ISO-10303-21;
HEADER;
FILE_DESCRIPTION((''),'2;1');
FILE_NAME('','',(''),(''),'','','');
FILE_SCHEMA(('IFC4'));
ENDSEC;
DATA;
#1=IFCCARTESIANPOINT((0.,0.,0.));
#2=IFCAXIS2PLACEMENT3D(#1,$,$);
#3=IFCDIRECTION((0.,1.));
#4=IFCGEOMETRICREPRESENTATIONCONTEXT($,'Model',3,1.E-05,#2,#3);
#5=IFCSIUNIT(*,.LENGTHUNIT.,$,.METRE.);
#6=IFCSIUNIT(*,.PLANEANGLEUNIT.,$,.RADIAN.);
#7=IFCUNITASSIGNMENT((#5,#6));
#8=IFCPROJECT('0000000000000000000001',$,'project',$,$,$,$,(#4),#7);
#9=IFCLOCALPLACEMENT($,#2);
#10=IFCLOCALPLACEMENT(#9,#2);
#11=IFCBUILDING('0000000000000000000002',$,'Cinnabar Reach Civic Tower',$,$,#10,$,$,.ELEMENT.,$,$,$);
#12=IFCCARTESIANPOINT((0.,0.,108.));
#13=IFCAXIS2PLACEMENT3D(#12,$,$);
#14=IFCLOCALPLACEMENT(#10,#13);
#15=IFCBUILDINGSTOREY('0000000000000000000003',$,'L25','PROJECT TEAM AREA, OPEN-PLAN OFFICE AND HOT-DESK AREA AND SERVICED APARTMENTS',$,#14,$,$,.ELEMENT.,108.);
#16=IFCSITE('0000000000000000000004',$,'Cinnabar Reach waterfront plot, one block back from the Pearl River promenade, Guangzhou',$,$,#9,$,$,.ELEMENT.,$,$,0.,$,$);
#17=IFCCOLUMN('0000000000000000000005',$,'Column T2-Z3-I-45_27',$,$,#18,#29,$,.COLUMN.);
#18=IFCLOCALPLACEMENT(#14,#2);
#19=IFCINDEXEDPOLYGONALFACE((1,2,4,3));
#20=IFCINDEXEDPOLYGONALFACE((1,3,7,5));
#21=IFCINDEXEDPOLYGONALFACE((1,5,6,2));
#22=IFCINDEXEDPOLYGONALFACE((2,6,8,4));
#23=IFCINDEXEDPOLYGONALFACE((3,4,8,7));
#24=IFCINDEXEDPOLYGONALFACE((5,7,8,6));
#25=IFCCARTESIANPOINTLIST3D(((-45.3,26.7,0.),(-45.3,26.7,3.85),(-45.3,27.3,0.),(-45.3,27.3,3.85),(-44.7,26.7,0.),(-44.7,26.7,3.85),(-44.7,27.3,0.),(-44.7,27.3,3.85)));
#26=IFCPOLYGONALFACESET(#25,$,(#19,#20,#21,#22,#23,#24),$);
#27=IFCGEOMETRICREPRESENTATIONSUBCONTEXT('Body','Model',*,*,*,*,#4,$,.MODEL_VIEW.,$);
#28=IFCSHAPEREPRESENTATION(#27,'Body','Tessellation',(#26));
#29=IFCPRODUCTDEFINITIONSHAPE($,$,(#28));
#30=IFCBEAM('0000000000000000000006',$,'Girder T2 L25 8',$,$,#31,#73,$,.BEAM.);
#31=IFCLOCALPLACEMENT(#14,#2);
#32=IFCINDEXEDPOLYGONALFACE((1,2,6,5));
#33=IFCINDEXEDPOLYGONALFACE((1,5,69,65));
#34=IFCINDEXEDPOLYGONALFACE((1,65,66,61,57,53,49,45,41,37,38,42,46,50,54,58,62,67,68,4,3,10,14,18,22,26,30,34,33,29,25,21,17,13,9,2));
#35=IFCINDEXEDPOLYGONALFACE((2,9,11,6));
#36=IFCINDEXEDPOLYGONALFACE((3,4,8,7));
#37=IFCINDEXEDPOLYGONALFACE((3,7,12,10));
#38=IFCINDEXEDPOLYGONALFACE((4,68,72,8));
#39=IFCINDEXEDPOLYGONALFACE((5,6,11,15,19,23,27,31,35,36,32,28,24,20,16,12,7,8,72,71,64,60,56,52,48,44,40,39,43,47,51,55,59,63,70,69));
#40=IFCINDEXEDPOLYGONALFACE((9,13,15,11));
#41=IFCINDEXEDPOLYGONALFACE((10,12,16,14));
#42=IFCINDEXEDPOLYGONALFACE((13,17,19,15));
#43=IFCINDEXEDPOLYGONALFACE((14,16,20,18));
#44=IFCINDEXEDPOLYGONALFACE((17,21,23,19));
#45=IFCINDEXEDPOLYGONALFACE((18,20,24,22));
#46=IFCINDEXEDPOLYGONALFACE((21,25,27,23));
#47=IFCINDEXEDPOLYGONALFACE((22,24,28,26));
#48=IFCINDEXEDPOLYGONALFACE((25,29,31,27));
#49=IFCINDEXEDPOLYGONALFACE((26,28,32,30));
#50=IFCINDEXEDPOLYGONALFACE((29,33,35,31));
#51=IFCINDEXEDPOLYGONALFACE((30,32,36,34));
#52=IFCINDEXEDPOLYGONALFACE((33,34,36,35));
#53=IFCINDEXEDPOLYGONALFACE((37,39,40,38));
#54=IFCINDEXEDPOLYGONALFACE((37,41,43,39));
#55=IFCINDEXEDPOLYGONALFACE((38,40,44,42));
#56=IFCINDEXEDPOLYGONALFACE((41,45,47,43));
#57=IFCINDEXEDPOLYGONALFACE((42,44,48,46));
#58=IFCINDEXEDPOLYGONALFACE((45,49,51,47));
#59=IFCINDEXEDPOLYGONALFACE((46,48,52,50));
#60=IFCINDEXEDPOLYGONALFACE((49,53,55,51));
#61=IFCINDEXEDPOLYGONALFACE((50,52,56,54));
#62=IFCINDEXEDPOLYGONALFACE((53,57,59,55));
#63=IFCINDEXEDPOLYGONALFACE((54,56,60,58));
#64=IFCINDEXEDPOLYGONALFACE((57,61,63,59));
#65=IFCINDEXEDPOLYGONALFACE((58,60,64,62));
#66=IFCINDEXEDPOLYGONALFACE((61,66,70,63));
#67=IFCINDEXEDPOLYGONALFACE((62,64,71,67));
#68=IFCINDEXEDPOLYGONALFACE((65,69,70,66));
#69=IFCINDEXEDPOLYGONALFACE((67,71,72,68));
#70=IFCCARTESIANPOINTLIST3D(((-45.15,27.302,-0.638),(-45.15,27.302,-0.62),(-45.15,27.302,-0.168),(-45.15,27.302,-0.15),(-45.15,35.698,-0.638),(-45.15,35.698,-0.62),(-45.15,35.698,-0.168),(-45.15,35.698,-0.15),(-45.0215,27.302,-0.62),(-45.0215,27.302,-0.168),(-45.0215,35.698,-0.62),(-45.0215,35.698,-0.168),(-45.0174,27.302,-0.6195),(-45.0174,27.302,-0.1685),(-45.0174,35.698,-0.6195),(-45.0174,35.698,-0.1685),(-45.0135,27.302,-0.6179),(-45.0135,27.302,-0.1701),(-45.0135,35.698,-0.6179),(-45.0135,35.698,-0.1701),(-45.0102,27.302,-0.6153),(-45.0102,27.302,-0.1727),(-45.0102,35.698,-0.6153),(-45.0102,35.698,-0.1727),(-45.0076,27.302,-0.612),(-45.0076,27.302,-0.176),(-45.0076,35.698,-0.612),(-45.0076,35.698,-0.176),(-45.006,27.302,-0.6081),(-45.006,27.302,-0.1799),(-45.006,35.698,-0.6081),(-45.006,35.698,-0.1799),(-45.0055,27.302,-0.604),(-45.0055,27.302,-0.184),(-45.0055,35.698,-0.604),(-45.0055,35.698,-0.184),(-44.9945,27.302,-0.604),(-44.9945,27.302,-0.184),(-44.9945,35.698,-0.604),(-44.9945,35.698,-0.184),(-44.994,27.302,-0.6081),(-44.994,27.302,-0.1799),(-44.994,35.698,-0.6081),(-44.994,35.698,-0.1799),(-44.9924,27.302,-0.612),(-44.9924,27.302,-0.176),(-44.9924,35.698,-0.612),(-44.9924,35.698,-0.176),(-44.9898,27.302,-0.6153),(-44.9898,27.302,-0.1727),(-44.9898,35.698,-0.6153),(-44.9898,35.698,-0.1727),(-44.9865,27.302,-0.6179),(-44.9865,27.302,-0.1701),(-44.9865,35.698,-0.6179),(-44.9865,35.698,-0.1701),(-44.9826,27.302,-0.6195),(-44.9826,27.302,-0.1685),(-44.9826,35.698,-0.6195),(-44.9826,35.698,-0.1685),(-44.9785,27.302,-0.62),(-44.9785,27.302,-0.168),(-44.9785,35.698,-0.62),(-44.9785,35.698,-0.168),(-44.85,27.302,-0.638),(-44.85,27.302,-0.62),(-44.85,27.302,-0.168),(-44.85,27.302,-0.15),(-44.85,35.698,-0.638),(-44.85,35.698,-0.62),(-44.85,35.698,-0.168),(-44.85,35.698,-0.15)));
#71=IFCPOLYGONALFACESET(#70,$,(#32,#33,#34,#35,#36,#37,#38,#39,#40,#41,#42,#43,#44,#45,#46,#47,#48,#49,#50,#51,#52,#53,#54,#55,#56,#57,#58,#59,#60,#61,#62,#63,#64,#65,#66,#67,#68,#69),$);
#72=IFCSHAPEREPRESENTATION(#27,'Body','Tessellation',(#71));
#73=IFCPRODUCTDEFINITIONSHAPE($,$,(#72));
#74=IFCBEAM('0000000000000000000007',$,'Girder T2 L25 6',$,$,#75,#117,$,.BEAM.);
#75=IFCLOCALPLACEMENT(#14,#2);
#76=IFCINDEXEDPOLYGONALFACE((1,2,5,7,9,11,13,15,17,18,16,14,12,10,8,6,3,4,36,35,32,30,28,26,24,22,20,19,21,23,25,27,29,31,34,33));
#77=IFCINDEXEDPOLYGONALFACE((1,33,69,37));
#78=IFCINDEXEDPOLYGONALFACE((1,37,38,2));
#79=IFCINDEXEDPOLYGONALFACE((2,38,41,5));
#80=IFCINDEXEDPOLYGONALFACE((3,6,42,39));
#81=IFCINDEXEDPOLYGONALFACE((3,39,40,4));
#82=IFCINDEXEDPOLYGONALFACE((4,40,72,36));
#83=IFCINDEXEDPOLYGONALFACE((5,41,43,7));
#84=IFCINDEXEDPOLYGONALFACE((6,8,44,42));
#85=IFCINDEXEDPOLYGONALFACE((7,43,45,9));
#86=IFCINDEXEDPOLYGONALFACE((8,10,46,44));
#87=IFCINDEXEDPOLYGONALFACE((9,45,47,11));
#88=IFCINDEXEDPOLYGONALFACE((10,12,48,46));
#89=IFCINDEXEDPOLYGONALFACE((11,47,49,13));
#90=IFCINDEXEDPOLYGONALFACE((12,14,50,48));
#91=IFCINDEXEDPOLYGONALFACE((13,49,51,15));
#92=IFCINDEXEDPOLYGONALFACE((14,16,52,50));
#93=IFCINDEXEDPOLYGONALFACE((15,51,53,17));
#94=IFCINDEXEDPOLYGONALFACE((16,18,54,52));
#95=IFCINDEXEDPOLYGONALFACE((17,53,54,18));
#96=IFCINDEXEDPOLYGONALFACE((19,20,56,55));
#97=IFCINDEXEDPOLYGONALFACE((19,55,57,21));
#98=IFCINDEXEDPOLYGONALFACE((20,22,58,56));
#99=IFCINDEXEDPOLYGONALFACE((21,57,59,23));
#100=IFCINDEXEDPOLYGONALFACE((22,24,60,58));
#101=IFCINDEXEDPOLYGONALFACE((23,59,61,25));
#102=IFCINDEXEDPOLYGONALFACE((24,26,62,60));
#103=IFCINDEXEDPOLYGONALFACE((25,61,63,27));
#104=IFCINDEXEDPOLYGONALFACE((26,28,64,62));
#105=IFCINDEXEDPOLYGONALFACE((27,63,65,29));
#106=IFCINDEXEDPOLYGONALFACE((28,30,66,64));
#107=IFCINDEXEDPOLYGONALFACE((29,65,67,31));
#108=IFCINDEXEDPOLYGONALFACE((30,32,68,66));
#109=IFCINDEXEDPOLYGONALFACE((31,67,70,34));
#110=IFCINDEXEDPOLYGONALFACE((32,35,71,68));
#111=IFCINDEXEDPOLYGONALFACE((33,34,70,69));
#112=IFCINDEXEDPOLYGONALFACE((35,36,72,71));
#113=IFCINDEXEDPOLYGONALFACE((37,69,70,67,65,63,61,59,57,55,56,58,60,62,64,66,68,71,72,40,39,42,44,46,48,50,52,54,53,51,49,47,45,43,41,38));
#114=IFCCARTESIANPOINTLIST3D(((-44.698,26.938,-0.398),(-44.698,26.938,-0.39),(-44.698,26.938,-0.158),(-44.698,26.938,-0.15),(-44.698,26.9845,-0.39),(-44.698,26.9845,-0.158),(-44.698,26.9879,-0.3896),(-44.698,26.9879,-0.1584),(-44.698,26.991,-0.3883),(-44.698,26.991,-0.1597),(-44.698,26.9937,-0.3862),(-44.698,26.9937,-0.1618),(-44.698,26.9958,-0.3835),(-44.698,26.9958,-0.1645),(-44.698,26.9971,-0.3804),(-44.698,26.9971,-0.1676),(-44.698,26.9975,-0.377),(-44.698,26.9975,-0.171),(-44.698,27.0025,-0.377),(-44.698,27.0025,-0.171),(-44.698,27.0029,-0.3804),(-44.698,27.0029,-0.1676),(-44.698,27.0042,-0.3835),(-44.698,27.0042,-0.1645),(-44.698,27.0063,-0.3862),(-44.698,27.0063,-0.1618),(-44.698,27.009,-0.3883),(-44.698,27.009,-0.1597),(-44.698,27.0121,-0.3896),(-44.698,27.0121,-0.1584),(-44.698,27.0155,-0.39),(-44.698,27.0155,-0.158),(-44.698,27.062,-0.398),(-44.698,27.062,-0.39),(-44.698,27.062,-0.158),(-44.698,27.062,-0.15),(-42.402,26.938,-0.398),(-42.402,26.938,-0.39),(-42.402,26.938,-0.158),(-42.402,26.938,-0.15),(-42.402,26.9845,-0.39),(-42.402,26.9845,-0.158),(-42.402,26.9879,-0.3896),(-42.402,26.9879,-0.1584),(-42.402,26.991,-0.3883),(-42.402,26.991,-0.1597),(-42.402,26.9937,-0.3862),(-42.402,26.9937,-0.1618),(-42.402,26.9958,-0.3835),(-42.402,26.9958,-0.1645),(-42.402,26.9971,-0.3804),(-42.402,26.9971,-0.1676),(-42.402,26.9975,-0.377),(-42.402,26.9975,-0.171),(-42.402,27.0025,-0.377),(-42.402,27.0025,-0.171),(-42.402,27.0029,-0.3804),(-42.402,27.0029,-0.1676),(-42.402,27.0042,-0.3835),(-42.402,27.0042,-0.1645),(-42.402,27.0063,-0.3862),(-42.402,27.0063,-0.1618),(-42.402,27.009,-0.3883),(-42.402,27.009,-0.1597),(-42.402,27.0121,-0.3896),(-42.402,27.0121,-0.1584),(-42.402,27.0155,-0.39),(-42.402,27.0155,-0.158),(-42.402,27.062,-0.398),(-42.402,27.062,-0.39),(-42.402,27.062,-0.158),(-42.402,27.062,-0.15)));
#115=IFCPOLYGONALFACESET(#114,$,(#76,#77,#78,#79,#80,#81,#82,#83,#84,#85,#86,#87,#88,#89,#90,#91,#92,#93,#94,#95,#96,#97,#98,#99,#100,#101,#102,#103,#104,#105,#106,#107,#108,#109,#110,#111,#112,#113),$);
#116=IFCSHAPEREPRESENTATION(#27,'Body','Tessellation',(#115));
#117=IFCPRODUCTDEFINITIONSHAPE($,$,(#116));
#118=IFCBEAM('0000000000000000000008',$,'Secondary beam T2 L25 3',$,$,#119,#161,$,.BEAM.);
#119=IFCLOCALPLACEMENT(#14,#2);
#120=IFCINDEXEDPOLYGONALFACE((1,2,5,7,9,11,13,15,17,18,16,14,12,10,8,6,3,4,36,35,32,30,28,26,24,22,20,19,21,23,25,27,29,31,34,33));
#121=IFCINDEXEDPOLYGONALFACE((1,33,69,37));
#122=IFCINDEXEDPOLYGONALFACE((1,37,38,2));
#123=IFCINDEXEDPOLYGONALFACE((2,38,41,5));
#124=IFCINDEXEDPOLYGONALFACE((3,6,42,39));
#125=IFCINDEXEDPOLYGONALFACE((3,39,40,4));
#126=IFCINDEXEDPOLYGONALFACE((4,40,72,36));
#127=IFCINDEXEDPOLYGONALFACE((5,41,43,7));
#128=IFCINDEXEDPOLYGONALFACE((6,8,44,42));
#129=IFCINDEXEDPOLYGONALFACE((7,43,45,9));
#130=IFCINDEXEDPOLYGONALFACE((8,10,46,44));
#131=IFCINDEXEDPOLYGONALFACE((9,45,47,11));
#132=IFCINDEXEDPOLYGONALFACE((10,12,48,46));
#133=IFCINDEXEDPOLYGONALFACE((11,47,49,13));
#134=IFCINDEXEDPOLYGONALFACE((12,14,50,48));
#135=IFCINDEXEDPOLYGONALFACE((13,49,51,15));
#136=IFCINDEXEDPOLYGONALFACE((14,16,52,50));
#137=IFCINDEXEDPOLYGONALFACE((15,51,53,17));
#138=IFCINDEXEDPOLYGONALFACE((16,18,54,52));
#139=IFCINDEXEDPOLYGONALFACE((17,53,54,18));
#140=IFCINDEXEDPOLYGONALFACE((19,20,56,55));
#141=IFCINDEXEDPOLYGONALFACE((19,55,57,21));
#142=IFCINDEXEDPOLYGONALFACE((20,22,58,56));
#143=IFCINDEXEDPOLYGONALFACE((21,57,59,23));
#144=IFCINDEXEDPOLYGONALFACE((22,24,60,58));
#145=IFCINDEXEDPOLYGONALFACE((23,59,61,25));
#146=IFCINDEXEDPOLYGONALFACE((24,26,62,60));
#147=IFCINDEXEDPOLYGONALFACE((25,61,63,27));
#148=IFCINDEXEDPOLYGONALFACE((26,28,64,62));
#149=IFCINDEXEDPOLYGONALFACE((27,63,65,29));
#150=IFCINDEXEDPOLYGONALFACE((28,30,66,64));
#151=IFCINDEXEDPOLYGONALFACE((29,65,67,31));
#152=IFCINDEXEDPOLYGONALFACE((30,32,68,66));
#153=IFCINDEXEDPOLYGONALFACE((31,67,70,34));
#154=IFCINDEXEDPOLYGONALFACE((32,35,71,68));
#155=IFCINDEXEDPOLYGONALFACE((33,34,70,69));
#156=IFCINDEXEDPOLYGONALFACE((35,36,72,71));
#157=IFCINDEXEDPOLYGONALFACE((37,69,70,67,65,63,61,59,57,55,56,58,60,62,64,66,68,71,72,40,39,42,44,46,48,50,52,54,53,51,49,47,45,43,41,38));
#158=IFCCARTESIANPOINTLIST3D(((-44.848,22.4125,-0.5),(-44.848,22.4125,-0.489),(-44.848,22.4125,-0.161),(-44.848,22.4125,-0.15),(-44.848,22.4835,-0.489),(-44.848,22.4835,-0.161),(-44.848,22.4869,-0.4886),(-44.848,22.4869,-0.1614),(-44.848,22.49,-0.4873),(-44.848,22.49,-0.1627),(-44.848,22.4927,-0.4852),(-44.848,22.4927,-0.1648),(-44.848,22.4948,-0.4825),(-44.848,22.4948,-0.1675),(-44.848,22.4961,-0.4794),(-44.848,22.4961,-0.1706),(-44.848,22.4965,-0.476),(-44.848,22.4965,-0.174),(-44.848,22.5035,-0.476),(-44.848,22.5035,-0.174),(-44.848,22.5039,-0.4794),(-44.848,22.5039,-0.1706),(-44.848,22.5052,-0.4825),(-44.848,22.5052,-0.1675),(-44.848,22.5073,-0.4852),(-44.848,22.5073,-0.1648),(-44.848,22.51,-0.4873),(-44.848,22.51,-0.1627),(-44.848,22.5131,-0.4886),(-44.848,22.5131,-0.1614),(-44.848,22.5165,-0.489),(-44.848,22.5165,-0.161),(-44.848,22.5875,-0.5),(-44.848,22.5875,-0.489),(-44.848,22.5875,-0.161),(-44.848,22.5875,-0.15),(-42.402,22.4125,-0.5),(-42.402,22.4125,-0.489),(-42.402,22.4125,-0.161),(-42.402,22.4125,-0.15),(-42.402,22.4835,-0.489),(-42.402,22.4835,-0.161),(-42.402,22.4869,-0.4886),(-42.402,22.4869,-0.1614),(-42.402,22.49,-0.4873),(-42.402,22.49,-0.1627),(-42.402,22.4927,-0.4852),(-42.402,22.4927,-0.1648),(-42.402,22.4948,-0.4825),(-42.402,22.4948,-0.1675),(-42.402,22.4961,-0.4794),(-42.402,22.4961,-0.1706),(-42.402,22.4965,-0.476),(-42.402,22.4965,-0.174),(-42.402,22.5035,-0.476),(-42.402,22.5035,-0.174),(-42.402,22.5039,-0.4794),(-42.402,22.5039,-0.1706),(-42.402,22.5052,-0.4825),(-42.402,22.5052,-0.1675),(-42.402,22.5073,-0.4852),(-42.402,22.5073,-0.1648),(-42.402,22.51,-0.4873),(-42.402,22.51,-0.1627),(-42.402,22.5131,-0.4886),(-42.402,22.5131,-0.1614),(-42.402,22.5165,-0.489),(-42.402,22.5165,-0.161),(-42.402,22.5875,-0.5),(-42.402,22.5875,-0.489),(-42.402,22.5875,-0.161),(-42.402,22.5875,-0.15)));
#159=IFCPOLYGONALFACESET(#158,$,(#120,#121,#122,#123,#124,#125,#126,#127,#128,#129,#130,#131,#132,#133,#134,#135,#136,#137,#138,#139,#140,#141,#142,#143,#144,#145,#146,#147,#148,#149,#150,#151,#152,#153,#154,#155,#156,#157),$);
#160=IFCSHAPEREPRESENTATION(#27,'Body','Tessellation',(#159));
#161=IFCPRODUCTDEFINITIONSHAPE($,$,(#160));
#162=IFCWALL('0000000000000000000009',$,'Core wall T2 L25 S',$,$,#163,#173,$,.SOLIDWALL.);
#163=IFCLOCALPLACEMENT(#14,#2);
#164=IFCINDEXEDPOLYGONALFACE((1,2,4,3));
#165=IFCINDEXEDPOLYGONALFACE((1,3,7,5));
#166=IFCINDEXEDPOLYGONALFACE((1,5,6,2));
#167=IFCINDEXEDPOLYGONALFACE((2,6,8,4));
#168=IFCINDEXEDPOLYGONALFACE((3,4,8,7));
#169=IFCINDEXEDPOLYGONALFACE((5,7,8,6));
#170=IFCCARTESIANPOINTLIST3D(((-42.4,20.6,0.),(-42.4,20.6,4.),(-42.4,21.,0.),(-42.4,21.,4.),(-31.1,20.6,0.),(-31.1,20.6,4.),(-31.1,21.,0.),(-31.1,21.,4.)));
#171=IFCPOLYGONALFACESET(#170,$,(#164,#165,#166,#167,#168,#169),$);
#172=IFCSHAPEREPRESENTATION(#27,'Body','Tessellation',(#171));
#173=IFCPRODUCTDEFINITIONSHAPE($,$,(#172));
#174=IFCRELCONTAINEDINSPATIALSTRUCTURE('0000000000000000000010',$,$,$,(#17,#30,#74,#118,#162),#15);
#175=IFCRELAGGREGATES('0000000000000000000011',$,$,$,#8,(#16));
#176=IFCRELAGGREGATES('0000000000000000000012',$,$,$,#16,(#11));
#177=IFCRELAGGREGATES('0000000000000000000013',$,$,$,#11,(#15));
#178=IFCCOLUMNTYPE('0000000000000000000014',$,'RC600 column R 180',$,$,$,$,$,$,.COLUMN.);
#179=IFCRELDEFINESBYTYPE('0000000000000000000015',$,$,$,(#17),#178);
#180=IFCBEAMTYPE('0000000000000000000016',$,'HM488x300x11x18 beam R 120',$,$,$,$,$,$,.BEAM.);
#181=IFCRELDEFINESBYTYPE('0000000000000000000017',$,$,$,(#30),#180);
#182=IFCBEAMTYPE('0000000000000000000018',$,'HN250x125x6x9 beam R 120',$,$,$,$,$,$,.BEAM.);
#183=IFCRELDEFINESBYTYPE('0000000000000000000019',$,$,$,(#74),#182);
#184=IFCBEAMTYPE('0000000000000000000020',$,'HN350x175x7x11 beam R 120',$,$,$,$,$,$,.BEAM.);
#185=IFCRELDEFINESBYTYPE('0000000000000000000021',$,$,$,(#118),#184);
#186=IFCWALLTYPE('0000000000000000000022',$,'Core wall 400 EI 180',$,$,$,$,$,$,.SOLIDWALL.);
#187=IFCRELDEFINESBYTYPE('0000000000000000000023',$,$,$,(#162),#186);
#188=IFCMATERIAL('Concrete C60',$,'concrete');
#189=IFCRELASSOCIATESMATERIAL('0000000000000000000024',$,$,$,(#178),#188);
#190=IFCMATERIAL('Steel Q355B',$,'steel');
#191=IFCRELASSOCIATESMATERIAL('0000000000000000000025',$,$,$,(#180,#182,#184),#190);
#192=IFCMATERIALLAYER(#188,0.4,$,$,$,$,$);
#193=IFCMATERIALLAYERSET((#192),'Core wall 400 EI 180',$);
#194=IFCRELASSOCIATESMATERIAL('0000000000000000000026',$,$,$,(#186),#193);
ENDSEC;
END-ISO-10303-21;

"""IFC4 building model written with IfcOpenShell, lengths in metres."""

from ifc_helpers import new_model, si_unit, direction, frame, frame_2d, origin, origin_2d, place, context, subcontext, project, spatial, rectangle, i_section, extrude, material, layer, layer_set, material_profile, profile_set, type_object, element, save


model = new_model("IFC4")

# Units and contexts
model_context = context("Model", 3, precision=1e-05, world=origin(), true_north=direction((0.0, 1.0)))
body_context = subcontext(model_context, "Body", "Model", "MODEL_VIEW")
ifc_project = project(units=[si_unit("LENGTHUNIT", "METRE"), si_unit("PLANEANGLEUNIT", "RADIAN")], contexts=[model_context])

# Site, building, storey
site_placement = place(None, origin())
site = spatial("IfcSite", under=ifc_project, at=site_placement, Name="Cinnabar Reach waterfront plot, one block back from the Pearl River promenade, Guangzhou", CompositionType="ELEMENT", RefElevation=0.0)
building_placement = place(site_placement, origin())
building = spatial("IfcBuilding", under=site, at=building_placement, Name="Cinnabar Reach Civic Tower", CompositionType="ELEMENT")
storey_placement = place(building_placement, frame((0.0, 0.0, 108.0)))
storey = spatial("IfcBuildingStorey", under=building, at=storey_placement, Name="L25", Description="PROJECT TEAM AREA, OPEN-PLAN OFFICE AND HOT-DESK AREA AND SERVICED APARTMENTS", CompositionType="ELEMENT", Elevation=108.0)

# Column
ifc_material_1 = material(Name="Concrete C60", Category="concrete")
ifc_material_profile_1 = material_profile(ifc_material_1, rectangle(XDim=0.6, YDim=0.6, at=origin_2d()), Name="RC600")
ifc_profile_set_1 = profile_set([ifc_material_profile_1], Name="Concrete C60")
column_type = type_object("IfcColumnType", Name="RC600 column R 180", PredefinedType="COLUMN", material=ifc_profile_set_1)
column_placement = place(storey_placement, frame((-45.0, 27.0, 0.0), z_axis=(0.0, 0.0, 1.0), x_axis=(1.0, 0.0, 0.0)))
element("IfcColumn", 1, at=column_placement, inside=storey, type_object=column_type, Name="Column T2-Z3-I-45_27", PredefinedType="COLUMN", context=body_context, shape_type="SweptSolid", body=[
    extrude(rectangle(XDim=0.6, YDim=0.6, at=origin_2d()), origin(), (0.0, 0.0, 1.0), 3.85),
])

# Beams
ifc_material_2 = material(Name="Steel Q355B", Category="steel")
ifc_material_profile_2 = material_profile(ifc_material_2, i_section(OverallWidth=0.3, OverallDepth=0.488, WebThickness=0.011, FlangeThickness=0.018, FilletRadius=0.016, at=origin_2d()), Name="HM488x300x11x18")
ifc_profile_set_2 = profile_set([ifc_material_profile_2], Name="Steel Q355B")
beam_type_1 = type_object("IfcBeamType", Name="HM488x300x11x18 beam R 120", PredefinedType="BEAM", material=ifc_profile_set_2)
beam_1_placement = place(storey_placement, frame((-45.0, 27.302, -0.394), z_axis=(0.0, 1.0, 0.0), x_axis=(-1.0, 0.0, 0.0)))
element("IfcBeam", 2, at=beam_1_placement, inside=storey, type_object=beam_type_1, Name="Girder T2 L25 8", PredefinedType="BEAM", context=body_context, shape_type="SweptSolid", body=[
    extrude(i_section(OverallWidth=0.3, OverallDepth=0.488, WebThickness=0.011, FlangeThickness=0.018, FilletRadius=0.016, at=origin_2d()), origin(), (0.0, 0.0, 1.0), 8.396),
])
ifc_material_profile_3 = material_profile(ifc_material_2, i_section(OverallWidth=0.124, OverallDepth=0.248, WebThickness=0.005, FlangeThickness=0.008, FilletRadius=0.013, at=origin_2d()), Name="HN250x125x6x9")
ifc_profile_set_3 = profile_set([ifc_material_profile_3], Name="Steel Q355B")
beam_type_2 = type_object("IfcBeamType", Name="HN250x125x6x9 beam R 120", PredefinedType="BEAM", material=ifc_profile_set_3)
beam_2_placement = place(storey_placement, frame((-44.698, 27.0, -0.274), z_axis=(1.0, 0.0, 0.0), x_axis=(0.0, 1.0, 0.0)))
element("IfcBeam", 3, at=beam_2_placement, inside=storey, type_object=beam_type_2, Name="Girder T2 L25 6", PredefinedType="BEAM", context=body_context, shape_type="SweptSolid", body=[
    extrude(i_section(OverallWidth=0.124, OverallDepth=0.248, WebThickness=0.005, FlangeThickness=0.008, FilletRadius=0.013, at=origin_2d()), origin(), (0.0, 0.0, 1.0), 2.296),
])
ifc_material_profile_4 = material_profile(ifc_material_2, i_section(OverallWidth=0.175, OverallDepth=0.35, WebThickness=0.007, FlangeThickness=0.011, FilletRadius=0.013, at=origin_2d()), Name="HN350x175x7x11")
ifc_profile_set_4 = profile_set([ifc_material_profile_4], Name="Steel Q355B")
beam_type_3 = type_object("IfcBeamType", Name="HN350x175x7x11 beam R 120", PredefinedType="BEAM", material=ifc_profile_set_4)
beam_3_placement = place(storey_placement, frame((-44.848, 22.5, -0.325), z_axis=(1.0, 0.0, 0.0), x_axis=(0.0, 1.0, 0.0)))
element("IfcBeam", 4, at=beam_3_placement, inside=storey, type_object=beam_type_3, Name="Secondary beam T2 L25 3", PredefinedType="BEAM", context=body_context, shape_type="SweptSolid", body=[
    extrude(i_section(OverallWidth=0.175, OverallDepth=0.35, WebThickness=0.007, FlangeThickness=0.011, FilletRadius=0.013, at=origin_2d()), origin(), (0.0, 0.0, 1.0), 2.446),
])

# Wall
ifc_layer_1 = layer(ifc_material_1, 0.4)
ifc_layer_set_1 = layer_set([ifc_layer_1], Name="Core wall 400 EI 180")
wall_type_1 = type_object("IfcWallType", Name="Core wall 400 EI 180", PredefinedType="SOLIDWALL", material=ifc_layer_set_1)
wall_1_placement = place(storey_placement, frame((-42.4, 20.8, 0.0), z_axis=(0.0, 0.0, 1.0), x_axis=(1.0, 0.0, 0.0)))
element("IfcWall", 5, at=wall_1_placement, inside=storey, type_object=wall_type_1, Name="Core wall T2 L25 S", PredefinedType="SOLIDWALL", context=body_context, shape_type="SweptSolid", body=[
    extrude(rectangle(XDim=11.3, YDim=0.4, at=frame_2d((5.65, 0.0))), origin(), (0.0, 0.0, 1.0), 4.0),
])

save(model, "model.ifc")
